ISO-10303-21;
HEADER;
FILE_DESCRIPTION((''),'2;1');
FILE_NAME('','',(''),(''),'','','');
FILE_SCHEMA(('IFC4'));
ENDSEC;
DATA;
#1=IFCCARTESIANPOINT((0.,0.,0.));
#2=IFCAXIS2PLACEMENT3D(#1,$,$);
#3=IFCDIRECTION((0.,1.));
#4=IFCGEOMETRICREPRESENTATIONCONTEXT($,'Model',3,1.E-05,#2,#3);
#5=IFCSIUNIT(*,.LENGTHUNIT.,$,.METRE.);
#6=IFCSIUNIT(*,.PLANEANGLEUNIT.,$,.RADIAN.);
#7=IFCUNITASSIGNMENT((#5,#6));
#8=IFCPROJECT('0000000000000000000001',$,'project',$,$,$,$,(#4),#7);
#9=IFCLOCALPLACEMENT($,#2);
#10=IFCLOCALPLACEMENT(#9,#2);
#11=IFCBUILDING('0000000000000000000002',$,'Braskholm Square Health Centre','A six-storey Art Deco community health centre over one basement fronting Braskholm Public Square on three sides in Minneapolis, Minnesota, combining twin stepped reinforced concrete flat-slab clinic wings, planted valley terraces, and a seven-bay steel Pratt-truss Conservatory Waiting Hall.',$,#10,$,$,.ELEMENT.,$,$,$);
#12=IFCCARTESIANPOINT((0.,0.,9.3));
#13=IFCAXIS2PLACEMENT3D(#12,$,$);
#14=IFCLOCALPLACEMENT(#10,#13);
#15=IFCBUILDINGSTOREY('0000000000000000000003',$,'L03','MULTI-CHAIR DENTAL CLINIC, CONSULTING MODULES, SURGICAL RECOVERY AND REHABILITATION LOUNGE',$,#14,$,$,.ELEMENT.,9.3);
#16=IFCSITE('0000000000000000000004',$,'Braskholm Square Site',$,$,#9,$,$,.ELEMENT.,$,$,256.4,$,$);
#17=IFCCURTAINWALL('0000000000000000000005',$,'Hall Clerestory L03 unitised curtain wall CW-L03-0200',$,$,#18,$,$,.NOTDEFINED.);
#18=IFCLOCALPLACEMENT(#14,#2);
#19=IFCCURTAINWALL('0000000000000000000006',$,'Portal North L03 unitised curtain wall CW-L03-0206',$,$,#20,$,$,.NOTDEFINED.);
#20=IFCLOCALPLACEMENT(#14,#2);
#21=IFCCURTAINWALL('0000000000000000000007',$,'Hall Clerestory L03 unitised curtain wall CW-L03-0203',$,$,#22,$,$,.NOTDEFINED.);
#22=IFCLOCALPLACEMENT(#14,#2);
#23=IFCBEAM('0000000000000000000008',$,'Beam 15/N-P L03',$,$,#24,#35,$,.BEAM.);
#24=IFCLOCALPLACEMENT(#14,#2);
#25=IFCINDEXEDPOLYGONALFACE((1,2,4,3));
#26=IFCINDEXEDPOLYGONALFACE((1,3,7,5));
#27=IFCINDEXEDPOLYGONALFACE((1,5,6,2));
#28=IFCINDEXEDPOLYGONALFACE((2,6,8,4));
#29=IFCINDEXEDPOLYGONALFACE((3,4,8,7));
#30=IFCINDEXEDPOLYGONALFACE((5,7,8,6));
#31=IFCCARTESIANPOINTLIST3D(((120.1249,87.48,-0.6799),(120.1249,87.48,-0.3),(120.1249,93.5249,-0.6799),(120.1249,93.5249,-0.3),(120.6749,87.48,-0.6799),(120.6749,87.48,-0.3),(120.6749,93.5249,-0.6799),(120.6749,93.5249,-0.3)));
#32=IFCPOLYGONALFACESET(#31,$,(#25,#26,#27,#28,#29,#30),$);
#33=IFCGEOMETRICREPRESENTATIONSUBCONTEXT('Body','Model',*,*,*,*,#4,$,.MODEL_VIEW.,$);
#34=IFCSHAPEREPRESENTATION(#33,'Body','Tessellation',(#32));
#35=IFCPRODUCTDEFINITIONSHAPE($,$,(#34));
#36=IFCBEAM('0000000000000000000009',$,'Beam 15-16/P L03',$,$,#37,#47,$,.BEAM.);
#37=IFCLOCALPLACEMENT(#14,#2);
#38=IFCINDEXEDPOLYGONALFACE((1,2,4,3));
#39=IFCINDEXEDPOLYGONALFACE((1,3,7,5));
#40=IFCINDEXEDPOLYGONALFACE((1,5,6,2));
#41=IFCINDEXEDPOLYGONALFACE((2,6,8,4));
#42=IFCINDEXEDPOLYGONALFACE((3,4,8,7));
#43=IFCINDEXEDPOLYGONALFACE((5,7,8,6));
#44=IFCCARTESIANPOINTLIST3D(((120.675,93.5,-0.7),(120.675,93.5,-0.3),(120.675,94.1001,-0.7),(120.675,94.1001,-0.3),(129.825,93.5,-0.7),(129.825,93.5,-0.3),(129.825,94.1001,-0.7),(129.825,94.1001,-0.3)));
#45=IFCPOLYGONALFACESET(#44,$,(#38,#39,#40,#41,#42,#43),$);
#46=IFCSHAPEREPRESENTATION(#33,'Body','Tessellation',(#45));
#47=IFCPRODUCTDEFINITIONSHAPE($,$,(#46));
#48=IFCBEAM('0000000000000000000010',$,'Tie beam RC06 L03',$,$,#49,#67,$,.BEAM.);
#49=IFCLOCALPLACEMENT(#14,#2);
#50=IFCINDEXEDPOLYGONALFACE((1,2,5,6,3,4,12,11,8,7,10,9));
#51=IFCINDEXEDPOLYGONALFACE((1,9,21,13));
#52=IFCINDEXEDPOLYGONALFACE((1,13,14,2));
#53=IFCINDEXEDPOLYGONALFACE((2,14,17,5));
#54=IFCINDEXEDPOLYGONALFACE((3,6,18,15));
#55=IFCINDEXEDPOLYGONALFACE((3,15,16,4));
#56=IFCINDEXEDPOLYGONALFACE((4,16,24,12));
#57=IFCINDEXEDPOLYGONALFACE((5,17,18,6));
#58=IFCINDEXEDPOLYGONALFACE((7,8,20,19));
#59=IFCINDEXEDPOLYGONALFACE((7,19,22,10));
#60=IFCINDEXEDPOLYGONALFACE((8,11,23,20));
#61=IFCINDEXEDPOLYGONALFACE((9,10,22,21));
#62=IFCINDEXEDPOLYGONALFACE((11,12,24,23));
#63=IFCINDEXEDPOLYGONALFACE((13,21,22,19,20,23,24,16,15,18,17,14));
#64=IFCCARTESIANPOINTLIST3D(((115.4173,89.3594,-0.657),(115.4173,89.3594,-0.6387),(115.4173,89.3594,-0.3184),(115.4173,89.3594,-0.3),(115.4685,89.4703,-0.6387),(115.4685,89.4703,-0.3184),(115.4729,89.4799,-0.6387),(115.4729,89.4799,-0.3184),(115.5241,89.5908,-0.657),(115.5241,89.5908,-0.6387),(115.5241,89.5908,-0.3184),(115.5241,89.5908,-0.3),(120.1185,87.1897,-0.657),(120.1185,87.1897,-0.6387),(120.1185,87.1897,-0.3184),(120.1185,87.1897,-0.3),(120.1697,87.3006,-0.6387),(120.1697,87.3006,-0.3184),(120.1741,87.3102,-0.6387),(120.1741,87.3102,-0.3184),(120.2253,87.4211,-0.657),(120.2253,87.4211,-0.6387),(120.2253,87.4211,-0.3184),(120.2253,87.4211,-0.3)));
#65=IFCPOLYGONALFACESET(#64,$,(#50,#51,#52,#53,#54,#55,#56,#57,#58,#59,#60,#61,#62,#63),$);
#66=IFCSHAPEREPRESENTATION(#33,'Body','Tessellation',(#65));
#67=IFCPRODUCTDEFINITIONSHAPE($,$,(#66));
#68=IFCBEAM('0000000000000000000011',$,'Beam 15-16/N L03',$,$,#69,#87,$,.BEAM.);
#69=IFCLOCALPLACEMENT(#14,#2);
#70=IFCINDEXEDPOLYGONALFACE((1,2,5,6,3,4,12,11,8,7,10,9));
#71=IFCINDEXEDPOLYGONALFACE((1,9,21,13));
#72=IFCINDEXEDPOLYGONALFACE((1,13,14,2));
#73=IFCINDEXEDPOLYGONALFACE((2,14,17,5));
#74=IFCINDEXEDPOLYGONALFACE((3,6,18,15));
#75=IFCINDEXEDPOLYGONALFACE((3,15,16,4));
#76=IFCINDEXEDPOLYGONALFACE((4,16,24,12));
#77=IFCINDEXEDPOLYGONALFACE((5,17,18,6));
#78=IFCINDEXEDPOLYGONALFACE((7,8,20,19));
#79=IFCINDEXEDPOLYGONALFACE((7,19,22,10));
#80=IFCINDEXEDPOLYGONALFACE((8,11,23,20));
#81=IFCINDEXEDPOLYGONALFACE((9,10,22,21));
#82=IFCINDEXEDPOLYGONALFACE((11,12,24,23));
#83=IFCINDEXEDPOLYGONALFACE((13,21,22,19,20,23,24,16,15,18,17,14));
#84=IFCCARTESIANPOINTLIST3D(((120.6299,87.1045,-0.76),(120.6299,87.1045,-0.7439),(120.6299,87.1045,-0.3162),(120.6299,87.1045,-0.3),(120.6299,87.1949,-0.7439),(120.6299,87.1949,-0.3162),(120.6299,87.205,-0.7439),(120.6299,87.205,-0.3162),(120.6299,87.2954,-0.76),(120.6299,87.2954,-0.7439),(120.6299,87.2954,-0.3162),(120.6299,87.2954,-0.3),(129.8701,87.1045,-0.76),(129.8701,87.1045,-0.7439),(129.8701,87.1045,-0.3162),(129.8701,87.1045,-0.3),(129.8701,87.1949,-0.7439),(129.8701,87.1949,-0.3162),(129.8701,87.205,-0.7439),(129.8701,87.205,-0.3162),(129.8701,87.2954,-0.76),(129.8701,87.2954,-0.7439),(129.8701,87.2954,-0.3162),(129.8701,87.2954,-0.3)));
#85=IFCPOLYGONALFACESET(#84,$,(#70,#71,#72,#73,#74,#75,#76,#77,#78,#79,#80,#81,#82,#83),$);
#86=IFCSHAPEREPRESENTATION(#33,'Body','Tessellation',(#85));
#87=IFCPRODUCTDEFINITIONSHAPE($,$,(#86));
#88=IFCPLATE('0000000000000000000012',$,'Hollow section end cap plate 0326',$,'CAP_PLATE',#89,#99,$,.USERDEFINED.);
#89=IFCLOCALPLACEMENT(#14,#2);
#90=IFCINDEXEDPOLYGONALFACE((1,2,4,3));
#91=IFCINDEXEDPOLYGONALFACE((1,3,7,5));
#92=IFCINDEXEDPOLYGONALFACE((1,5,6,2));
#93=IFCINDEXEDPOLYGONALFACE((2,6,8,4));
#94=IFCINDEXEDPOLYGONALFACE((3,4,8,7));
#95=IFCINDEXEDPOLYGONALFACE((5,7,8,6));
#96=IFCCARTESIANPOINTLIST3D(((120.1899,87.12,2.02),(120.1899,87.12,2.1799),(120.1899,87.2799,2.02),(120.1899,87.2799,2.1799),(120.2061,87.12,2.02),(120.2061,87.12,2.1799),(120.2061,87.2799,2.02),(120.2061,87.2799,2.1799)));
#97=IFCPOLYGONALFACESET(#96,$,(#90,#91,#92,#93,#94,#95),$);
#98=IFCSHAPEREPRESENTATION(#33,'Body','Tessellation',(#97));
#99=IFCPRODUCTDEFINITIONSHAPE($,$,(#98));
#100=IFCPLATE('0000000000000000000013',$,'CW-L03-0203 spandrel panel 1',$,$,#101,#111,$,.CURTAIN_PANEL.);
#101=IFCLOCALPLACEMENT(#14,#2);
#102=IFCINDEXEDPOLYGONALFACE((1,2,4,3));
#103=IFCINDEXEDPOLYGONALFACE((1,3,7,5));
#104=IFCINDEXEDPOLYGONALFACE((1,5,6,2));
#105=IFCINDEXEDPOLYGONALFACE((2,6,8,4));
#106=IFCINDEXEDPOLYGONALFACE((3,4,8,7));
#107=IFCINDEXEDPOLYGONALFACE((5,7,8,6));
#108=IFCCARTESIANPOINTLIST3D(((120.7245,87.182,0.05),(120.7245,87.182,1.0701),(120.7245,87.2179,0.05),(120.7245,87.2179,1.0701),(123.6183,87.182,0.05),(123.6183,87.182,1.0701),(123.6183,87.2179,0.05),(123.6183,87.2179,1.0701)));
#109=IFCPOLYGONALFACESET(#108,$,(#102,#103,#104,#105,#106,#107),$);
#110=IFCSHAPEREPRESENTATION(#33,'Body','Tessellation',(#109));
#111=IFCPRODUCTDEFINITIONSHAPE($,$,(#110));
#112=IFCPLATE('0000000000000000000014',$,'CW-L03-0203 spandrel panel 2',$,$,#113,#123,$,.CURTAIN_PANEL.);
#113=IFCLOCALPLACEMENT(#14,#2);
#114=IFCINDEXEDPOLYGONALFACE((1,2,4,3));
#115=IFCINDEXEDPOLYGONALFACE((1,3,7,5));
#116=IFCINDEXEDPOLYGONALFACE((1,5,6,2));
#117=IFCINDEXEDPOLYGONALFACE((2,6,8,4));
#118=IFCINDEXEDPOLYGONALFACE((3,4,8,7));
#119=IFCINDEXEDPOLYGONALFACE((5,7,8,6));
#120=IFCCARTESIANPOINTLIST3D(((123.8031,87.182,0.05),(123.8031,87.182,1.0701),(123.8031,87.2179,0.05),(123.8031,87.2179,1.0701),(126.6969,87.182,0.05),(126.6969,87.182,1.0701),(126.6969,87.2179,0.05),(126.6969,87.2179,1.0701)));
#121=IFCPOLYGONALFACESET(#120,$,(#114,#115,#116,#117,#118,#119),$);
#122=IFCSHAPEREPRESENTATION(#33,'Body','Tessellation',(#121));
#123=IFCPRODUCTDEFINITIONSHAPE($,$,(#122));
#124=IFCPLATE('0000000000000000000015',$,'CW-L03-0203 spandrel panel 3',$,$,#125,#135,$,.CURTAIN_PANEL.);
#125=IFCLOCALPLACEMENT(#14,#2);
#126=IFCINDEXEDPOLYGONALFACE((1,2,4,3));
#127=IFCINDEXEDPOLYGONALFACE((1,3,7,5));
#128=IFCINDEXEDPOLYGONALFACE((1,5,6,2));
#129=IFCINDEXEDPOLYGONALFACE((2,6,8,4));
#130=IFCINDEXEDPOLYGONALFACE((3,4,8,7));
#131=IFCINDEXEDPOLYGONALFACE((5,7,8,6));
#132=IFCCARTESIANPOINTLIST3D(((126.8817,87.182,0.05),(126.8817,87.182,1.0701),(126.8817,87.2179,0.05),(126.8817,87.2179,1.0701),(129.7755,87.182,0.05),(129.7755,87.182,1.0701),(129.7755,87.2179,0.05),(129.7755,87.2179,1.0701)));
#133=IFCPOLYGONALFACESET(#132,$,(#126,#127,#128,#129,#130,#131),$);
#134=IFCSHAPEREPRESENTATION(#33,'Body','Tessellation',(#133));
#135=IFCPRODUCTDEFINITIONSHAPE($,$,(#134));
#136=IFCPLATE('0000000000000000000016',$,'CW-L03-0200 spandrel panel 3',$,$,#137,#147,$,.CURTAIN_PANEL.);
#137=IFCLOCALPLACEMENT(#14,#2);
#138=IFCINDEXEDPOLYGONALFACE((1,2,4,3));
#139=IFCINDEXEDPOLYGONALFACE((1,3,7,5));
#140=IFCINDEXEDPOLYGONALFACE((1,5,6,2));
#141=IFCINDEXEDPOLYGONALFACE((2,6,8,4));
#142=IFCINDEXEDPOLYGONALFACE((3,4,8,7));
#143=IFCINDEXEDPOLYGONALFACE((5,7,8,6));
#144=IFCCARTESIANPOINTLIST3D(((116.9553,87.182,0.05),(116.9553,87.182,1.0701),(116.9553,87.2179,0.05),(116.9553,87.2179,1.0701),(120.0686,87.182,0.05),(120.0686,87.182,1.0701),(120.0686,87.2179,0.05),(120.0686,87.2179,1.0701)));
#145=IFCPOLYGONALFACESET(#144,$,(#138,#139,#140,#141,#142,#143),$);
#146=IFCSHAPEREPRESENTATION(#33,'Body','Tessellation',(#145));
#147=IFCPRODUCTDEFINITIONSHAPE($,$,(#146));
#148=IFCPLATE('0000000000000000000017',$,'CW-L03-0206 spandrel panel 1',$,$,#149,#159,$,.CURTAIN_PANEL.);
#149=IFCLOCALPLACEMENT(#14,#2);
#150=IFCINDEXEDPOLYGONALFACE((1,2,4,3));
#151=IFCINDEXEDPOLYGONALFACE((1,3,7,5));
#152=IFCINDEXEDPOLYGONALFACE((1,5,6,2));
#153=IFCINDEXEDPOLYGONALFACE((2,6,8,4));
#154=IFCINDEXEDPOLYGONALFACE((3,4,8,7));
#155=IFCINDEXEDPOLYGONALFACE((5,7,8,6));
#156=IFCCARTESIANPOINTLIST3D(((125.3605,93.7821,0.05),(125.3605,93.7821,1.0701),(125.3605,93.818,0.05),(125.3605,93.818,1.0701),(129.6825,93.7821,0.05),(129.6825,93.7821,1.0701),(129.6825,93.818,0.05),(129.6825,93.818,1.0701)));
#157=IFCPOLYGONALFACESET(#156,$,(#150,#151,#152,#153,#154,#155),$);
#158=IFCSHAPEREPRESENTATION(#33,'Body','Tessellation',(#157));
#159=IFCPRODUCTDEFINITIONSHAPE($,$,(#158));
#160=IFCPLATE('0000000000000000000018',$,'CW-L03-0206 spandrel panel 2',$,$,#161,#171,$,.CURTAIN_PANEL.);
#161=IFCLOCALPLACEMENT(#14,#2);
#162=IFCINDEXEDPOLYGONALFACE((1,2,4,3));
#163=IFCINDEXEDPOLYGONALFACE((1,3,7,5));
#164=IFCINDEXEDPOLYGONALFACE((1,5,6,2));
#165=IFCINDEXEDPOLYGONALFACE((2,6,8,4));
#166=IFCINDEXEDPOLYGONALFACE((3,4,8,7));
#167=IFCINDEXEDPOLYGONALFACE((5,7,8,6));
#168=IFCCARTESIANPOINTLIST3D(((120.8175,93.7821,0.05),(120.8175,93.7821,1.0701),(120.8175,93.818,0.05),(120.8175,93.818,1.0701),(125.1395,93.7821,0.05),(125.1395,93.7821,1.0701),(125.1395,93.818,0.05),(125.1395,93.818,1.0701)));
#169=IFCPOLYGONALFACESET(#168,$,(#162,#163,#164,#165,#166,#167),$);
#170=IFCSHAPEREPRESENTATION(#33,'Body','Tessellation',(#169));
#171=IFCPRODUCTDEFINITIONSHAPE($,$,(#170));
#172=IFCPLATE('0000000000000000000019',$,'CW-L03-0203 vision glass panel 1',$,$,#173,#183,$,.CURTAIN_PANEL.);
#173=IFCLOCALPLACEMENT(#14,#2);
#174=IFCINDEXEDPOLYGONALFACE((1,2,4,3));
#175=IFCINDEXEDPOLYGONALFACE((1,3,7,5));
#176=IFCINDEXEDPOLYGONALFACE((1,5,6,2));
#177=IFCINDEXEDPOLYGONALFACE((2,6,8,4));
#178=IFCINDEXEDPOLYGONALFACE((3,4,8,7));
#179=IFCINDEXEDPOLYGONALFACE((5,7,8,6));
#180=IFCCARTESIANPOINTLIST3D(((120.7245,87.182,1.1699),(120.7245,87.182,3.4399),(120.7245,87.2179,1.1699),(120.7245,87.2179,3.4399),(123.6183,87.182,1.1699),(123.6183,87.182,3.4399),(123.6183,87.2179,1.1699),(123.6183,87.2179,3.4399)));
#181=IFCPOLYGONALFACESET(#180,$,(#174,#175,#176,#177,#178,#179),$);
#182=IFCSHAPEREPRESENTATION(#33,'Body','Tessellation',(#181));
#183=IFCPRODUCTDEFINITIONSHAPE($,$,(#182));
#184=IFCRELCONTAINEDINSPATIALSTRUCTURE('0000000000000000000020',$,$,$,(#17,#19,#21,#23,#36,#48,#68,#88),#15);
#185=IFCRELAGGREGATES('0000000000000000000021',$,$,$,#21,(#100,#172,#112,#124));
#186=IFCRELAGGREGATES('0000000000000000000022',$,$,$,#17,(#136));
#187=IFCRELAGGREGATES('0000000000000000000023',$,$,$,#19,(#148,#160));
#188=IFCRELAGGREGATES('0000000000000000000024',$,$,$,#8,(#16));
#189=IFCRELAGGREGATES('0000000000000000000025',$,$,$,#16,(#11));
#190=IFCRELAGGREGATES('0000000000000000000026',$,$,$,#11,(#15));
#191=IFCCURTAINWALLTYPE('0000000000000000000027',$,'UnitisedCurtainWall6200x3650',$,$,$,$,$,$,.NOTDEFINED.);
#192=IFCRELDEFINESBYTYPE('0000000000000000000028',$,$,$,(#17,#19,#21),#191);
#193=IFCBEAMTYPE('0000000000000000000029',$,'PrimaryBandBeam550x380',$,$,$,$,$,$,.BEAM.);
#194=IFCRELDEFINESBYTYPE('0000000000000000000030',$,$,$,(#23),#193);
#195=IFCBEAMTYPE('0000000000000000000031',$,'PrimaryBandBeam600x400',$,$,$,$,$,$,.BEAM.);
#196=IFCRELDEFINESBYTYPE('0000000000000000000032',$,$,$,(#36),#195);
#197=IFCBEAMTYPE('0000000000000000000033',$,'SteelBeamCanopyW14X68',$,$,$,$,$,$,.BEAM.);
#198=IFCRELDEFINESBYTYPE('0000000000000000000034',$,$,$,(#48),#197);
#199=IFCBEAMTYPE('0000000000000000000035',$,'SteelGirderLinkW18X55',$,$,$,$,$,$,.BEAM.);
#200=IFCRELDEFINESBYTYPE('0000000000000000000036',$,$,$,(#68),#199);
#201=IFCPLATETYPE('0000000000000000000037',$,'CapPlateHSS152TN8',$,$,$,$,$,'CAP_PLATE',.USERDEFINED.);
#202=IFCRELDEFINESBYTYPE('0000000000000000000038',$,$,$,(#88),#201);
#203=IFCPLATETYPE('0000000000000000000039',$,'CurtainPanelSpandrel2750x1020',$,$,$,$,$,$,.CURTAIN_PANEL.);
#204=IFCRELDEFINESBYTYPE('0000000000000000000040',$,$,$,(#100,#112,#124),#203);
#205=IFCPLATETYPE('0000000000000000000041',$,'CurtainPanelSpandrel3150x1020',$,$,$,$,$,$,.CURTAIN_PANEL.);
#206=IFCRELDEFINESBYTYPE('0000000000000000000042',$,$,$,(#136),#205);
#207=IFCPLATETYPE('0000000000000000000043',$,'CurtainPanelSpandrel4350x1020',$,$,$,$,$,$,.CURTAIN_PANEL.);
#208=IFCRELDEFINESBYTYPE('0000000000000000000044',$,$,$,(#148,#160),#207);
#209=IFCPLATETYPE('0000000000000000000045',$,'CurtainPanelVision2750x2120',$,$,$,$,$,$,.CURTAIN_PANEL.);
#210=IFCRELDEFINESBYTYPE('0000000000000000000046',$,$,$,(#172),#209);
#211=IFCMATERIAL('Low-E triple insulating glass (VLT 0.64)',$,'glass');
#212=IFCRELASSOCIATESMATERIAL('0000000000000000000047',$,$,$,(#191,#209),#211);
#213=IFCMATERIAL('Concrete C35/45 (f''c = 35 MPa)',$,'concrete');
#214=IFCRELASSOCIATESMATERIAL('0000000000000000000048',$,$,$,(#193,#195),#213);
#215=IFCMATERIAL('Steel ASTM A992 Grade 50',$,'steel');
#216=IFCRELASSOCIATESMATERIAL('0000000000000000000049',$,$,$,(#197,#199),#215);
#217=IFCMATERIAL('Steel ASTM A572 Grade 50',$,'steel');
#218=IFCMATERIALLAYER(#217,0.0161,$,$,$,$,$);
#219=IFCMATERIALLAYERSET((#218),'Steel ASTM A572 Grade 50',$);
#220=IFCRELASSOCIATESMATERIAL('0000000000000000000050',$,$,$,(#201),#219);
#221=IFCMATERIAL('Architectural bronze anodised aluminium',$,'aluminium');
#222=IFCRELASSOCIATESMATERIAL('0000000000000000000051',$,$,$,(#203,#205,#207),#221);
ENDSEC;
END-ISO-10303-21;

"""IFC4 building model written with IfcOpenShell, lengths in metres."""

from ifc_helpers import new_model, si_unit, direction, frame, origin, origin_2d, place, context, subcontext, project, spatial, rectangle, i_section, extrude, material, layer, layer_set, material_profile, profile_set, type_object, element, aggregate, save


model = new_model("IFC4")

# Units and contexts
model_context = context("Model", 3, precision=1e-05, world=origin(), true_north=direction((0.0, 1.0)))
body_context = subcontext(model_context, "Body", "Model", "MODEL_VIEW")
ifc_project = project(units=[si_unit("LENGTHUNIT", "METRE"), si_unit("PLANEANGLEUNIT", "RADIAN")], contexts=[model_context])

# Site, building, storey
site_placement = place(None, origin())
site = spatial("IfcSite", under=ifc_project, at=site_placement, Name="Braskholm Square Site", CompositionType="ELEMENT", RefElevation=256.4)
building_placement = place(site_placement, origin())
building = spatial("IfcBuilding", under=site, at=building_placement, Name="Braskholm Square Health Centre", Description="A six-storey Art Deco community health centre over one basement fronting Braskholm Public Square on three sides in Minneapolis, Minnesota, combining twin stepped reinforced concrete flat-slab clinic wings, planted valley terraces, and a seven-bay steel Pratt-truss Conservatory Waiting Hall.", CompositionType="ELEMENT")
storey_placement = place(building_placement, frame((0.0, 0.0, 9.3)))
storey = spatial("IfcBuildingStorey", under=building, at=storey_placement, Name="L03", Description="MULTI-CHAIR DENTAL CLINIC, CONSULTING MODULES, SURGICAL RECOVERY AND REHABILITATION LOUNGE", CompositionType="ELEMENT", Elevation=9.3)

# Curtain walls
ifc_material_1 = material(Name="Low-E triple insulating glass (VLT 0.64)", Category="glass")
curtain_wall_type = type_object("IfcCurtainWallType", Name="UnitisedCurtainWall6200x3650", PredefinedType="NOTDEFINED", material=ifc_material_1)
curtain_wall_1_placement = place(storey_placement, origin())
curtain_wall_1 = element("IfcCurtainWall", 1, at=curtain_wall_1_placement, inside=storey, type_object=curtain_wall_type, Name="Hall Clerestory L03 unitised curtain wall CW-L03-0200", PredefinedType="NOTDEFINED")
ifc_material_2 = material(Name="Architectural bronze anodised aluminium", Category="aluminium")
curtain_wall_2_placement = place(storey_placement, origin())
curtain_wall_2 = element("IfcCurtainWall", 2, at=curtain_wall_2_placement, inside=storey, type_object=curtain_wall_type, Name="Portal North L03 unitised curtain wall CW-L03-0206", PredefinedType="NOTDEFINED")
curtain_wall_3_placement = place(storey_placement, origin())
curtain_wall_3 = element("IfcCurtainWall", 3, at=curtain_wall_3_placement, inside=storey, type_object=curtain_wall_type, Name="Hall Clerestory L03 unitised curtain wall CW-L03-0203", PredefinedType="NOTDEFINED")

# Beams
ifc_material_3 = material(Name="Concrete C35/45 (f'c = 35 MPa)", Category="concrete")
ifc_material_profile_1 = material_profile(ifc_material_3, rectangle(XDim=0.55, YDim=0.3799, at=origin_2d()), Name="RCB-550X380")
ifc_profile_set_1 = profile_set([ifc_material_profile_1], Name="Concrete C35/45 (f'c = 35 MPa)")
beam_type_1 = type_object("IfcBeamType", Name="PrimaryBandBeam550x380", PredefinedType="BEAM", material=ifc_profile_set_1)
beam_1_placement = place(storey_placement, frame((120.3999, 87.48, -0.49), z_axis=(0.0, 1.0, 0.0), x_axis=(-1.0, 0.0, 0.0)))
element("IfcBeam", 4, at=beam_1_placement, inside=storey, type_object=beam_type_1, Name="Beam 15/N-P L03", PredefinedType="BEAM", context=body_context, shape_type="SweptSolid", body=[
    extrude(rectangle(XDim=0.55, YDim=0.3799, at=origin_2d()), origin(), (0.0, 0.0, 1.0), 6.0449),
])
ifc_material_profile_2 = material_profile(ifc_material_3, rectangle(XDim=0.6001, YDim=0.3999, at=origin_2d()), Name="RCB-600X400")
ifc_profile_set_2 = profile_set([ifc_material_profile_2], Name="Concrete C35/45 (f'c = 35 MPa)")
beam_type_2 = type_object("IfcBeamType", Name="PrimaryBandBeam600x400", PredefinedType="BEAM", material=ifc_profile_set_2)
beam_2_placement = place(storey_placement, frame((120.675, 93.8, -0.5), z_axis=(1.0, 0.0, 0.0), x_axis=(0.0, 1.0, 0.0)))
element("IfcBeam", 5, at=beam_2_placement, inside=storey, type_object=beam_type_2, Name="Beam 15-16/P L03", PredefinedType="BEAM", context=body_context, shape_type="SweptSolid", body=[
    extrude(rectangle(XDim=0.6001, YDim=0.3999, at=origin_2d()), origin(), (0.0, 0.0, 1.0), 9.1499),
])
ifc_material_4 = material(Name="Steel ASTM A992 Grade 50", Category="steel")
ifc_material_profile_3 = material_profile(ifc_material_4, i_section(OverallWidth=0.2549, OverallDepth=0.3569, WebThickness=0.0105, FlangeThickness=0.0183, at=origin_2d()), Name="W14X68")
ifc_profile_set_3 = profile_set([ifc_material_profile_3], Name="Steel ASTM A992 Grade 50")
beam_type_3 = type_object("IfcBeamType", Name="SteelBeamCanopyW14X68", PredefinedType="BEAM", material=ifc_profile_set_3)
beam_3_placement = place(storey_placement, frame((115.4707, 89.4751, -0.4785), z_axis=(0.907966, -0.419043, 0.0), x_axis=(0.419043, 0.907966, 0.0)))
element("IfcBeam", 6, at=beam_3_placement, inside=storey, type_object=beam_type_3, Name="Tie beam RC06 L03", PredefinedType="BEAM", context=body_context, shape_type="SweptSolid", body=[
    extrude(i_section(OverallWidth=0.2549, OverallDepth=0.3569, WebThickness=0.0105, FlangeThickness=0.0183, at=origin_2d()), origin(), (0.0, 0.0, 1.0), 5.1777),
])
ifc_material_profile_4 = material_profile(ifc_material_4, i_section(OverallWidth=0.1909, OverallDepth=0.46, WebThickness=0.01, FlangeThickness=0.0161, at=origin_2d()), Name="W18X55")
ifc_profile_set_4 = profile_set([ifc_material_profile_4], Name="Steel ASTM A992 Grade 50")
beam_type_4 = type_object("IfcBeamType", Name="SteelGirderLinkW18X55", PredefinedType="BEAM", material=ifc_profile_set_4)
beam_4_placement = place(storey_placement, frame((120.6299, 87.2, -0.53), z_axis=(1.0, 0.0, 0.0), x_axis=(0.0, 1.0, 0.0)))
element("IfcBeam", 7, at=beam_4_placement, inside=storey, type_object=beam_type_4, Name="Beam 15-16/N L03", PredefinedType="BEAM", context=body_context, shape_type="SweptSolid", body=[
    extrude(i_section(OverallWidth=0.1909, OverallDepth=0.46, WebThickness=0.01, FlangeThickness=0.0161, at=origin_2d()), origin(), (0.0, 0.0, 1.0), 9.2402),
])

# Plates
ifc_material_5 = material(Name="Steel ASTM A572 Grade 50", Category="steel")
ifc_layer_1 = layer(ifc_material_5, 0.0161)
ifc_layer_set_1 = layer_set([ifc_layer_1], Name="Steel ASTM A572 Grade 50")
plate_type_1 = type_object("IfcPlateType", Name="CapPlateHSS152TN8", ElementType="CAP_PLATE", PredefinedType="USERDEFINED", material=ifc_layer_set_1)
plate_1_placement = place(storey_placement, frame((120.198, 87.2, 2.02), z_axis=(0.0, 0.0, 1.0), x_axis=(1.0, 0.0, 0.0)))
element("IfcPlate", 8, at=plate_1_placement, inside=storey, type_object=plate_type_1, Name="Hollow section end cap plate 0326", ObjectType="CAP_PLATE", PredefinedType="USERDEFINED", context=body_context, shape_type="SweptSolid", body=[
    extrude(rectangle(XDim=0.0161, YDim=0.1599, at=origin_2d()), origin(), (0.0, 0.0, 1.0), 0.1599),
])
plate_type_2 = type_object("IfcPlateType", Name="CurtainPanelSpandrel2750x1020", PredefinedType="CURTAIN_PANEL", material=ifc_material_2)
plate_2_placement = place(storey_placement, frame((122.1714, 87.2, 0.05), z_axis=(0.0, 0.0, 1.0), x_axis=(1.0, 0.0, 0.0)))
plate_2 = element("IfcPlate", 9, at=plate_2_placement, type_object=plate_type_2, Name="CW-L03-0203 spandrel panel 1", PredefinedType="CURTAIN_PANEL", context=body_context, shape_type="SweptSolid", body=[
    extrude(rectangle(XDim=2.8938, YDim=0.0359, at=origin_2d()), origin(), (0.0, 0.0, 1.0), 1.02),
])
plate_3_placement = place(storey_placement, frame((125.25, 87.2, 0.05), z_axis=(0.0, 0.0, 1.0), x_axis=(1.0, 0.0, 0.0)))
plate_3 = element("IfcPlate", 10, at=plate_3_placement, type_object=plate_type_2, Name="CW-L03-0203 spandrel panel 2", PredefinedType="CURTAIN_PANEL", context=body_context, shape_type="SweptSolid", body=[
    extrude(rectangle(XDim=2.8938, YDim=0.0359, at=origin_2d()), origin(), (0.0, 0.0, 1.0), 1.02),
])
plate_4_placement = place(storey_placement, frame((128.3286, 87.2, 0.05), z_axis=(0.0, 0.0, 1.0), x_axis=(1.0, 0.0, 0.0)))
plate_4 = element("IfcPlate", 11, at=plate_4_placement, type_object=plate_type_2, Name="CW-L03-0203 spandrel panel 3", PredefinedType="CURTAIN_PANEL", context=body_context, shape_type="SweptSolid", body=[
    extrude(rectangle(XDim=2.8938, YDim=0.0359, at=origin_2d()), origin(), (0.0, 0.0, 1.0), 1.02),
])
plate_type_3 = type_object("IfcPlateType", Name="CurtainPanelSpandrel3150x1020", PredefinedType="CURTAIN_PANEL", material=ifc_material_2)
plate_5_placement = place(storey_placement, frame((118.512, 87.2, 0.05), z_axis=(0.0, 0.0, 1.0), x_axis=(1.0, 0.0, 0.0)))
plate_5 = element("IfcPlate", 12, at=plate_5_placement, type_object=plate_type_3, Name="CW-L03-0200 spandrel panel 3", PredefinedType="CURTAIN_PANEL", context=body_context, shape_type="SweptSolid", body=[
    extrude(rectangle(XDim=3.1133, YDim=0.0359, at=origin_2d()), origin(), (0.0, 0.0, 1.0), 1.02),
])
plate_type_4 = type_object("IfcPlateType", Name="CurtainPanelSpandrel4350x1020", PredefinedType="CURTAIN_PANEL", material=ifc_material_2)
plate_6_placement = place(storey_placement, frame((127.5215, 93.8, 0.05), z_axis=(0.0, 0.0, 1.0), x_axis=(-1.0, 0.0, 0.0)))
plate_6 = element("IfcPlate", 13, at=plate_6_placement, type_object=plate_type_4, Name="CW-L03-0206 spandrel panel 1", PredefinedType="CURTAIN_PANEL", context=body_context, shape_type="SweptSolid", body=[
    extrude(rectangle(XDim=4.322, YDim=0.0359, at=origin_2d()), origin(), (0.0, 0.0, 1.0), 1.02),
])
plate_7_placement = place(storey_placement, frame((122.9785, 93.8, 0.05), z_axis=(0.0, 0.0, 1.0), x_axis=(-1.0, 0.0, 0.0)))
plate_7 = element("IfcPlate", 14, at=plate_7_placement, type_object=plate_type_4, Name="CW-L03-0206 spandrel panel 2", PredefinedType="CURTAIN_PANEL", context=body_context, shape_type="SweptSolid", body=[
    extrude(rectangle(XDim=4.322, YDim=0.0359, at=origin_2d()), origin(), (0.0, 0.0, 1.0), 1.02),
])
plate_type_5 = type_object("IfcPlateType", Name="CurtainPanelVision2750x2120", PredefinedType="CURTAIN_PANEL", material=ifc_material_1)
plate_8_placement = place(storey_placement, frame((122.1714, 87.2, 1.1699), z_axis=(0.0, 0.0, 1.0), x_axis=(1.0, 0.0, 0.0)))
plate_8 = element("IfcPlate", 15, at=plate_8_placement, type_object=plate_type_5, Name="CW-L03-0203 vision glass panel 1", PredefinedType="CURTAIN_PANEL", context=body_context, shape_type="SweptSolid", body=[
    extrude(rectangle(XDim=2.8938, YDim=0.0359, at=origin_2d()), origin(), (0.0, 0.0, 1.0), 2.27),
])
aggregate(curtain_wall_3, [plate_2, plate_8, plate_3, plate_4])
aggregate(curtain_wall_1, [plate_5])
aggregate(curtain_wall_2, [plate_6, plate_7])

save(model, "model.ifc")
